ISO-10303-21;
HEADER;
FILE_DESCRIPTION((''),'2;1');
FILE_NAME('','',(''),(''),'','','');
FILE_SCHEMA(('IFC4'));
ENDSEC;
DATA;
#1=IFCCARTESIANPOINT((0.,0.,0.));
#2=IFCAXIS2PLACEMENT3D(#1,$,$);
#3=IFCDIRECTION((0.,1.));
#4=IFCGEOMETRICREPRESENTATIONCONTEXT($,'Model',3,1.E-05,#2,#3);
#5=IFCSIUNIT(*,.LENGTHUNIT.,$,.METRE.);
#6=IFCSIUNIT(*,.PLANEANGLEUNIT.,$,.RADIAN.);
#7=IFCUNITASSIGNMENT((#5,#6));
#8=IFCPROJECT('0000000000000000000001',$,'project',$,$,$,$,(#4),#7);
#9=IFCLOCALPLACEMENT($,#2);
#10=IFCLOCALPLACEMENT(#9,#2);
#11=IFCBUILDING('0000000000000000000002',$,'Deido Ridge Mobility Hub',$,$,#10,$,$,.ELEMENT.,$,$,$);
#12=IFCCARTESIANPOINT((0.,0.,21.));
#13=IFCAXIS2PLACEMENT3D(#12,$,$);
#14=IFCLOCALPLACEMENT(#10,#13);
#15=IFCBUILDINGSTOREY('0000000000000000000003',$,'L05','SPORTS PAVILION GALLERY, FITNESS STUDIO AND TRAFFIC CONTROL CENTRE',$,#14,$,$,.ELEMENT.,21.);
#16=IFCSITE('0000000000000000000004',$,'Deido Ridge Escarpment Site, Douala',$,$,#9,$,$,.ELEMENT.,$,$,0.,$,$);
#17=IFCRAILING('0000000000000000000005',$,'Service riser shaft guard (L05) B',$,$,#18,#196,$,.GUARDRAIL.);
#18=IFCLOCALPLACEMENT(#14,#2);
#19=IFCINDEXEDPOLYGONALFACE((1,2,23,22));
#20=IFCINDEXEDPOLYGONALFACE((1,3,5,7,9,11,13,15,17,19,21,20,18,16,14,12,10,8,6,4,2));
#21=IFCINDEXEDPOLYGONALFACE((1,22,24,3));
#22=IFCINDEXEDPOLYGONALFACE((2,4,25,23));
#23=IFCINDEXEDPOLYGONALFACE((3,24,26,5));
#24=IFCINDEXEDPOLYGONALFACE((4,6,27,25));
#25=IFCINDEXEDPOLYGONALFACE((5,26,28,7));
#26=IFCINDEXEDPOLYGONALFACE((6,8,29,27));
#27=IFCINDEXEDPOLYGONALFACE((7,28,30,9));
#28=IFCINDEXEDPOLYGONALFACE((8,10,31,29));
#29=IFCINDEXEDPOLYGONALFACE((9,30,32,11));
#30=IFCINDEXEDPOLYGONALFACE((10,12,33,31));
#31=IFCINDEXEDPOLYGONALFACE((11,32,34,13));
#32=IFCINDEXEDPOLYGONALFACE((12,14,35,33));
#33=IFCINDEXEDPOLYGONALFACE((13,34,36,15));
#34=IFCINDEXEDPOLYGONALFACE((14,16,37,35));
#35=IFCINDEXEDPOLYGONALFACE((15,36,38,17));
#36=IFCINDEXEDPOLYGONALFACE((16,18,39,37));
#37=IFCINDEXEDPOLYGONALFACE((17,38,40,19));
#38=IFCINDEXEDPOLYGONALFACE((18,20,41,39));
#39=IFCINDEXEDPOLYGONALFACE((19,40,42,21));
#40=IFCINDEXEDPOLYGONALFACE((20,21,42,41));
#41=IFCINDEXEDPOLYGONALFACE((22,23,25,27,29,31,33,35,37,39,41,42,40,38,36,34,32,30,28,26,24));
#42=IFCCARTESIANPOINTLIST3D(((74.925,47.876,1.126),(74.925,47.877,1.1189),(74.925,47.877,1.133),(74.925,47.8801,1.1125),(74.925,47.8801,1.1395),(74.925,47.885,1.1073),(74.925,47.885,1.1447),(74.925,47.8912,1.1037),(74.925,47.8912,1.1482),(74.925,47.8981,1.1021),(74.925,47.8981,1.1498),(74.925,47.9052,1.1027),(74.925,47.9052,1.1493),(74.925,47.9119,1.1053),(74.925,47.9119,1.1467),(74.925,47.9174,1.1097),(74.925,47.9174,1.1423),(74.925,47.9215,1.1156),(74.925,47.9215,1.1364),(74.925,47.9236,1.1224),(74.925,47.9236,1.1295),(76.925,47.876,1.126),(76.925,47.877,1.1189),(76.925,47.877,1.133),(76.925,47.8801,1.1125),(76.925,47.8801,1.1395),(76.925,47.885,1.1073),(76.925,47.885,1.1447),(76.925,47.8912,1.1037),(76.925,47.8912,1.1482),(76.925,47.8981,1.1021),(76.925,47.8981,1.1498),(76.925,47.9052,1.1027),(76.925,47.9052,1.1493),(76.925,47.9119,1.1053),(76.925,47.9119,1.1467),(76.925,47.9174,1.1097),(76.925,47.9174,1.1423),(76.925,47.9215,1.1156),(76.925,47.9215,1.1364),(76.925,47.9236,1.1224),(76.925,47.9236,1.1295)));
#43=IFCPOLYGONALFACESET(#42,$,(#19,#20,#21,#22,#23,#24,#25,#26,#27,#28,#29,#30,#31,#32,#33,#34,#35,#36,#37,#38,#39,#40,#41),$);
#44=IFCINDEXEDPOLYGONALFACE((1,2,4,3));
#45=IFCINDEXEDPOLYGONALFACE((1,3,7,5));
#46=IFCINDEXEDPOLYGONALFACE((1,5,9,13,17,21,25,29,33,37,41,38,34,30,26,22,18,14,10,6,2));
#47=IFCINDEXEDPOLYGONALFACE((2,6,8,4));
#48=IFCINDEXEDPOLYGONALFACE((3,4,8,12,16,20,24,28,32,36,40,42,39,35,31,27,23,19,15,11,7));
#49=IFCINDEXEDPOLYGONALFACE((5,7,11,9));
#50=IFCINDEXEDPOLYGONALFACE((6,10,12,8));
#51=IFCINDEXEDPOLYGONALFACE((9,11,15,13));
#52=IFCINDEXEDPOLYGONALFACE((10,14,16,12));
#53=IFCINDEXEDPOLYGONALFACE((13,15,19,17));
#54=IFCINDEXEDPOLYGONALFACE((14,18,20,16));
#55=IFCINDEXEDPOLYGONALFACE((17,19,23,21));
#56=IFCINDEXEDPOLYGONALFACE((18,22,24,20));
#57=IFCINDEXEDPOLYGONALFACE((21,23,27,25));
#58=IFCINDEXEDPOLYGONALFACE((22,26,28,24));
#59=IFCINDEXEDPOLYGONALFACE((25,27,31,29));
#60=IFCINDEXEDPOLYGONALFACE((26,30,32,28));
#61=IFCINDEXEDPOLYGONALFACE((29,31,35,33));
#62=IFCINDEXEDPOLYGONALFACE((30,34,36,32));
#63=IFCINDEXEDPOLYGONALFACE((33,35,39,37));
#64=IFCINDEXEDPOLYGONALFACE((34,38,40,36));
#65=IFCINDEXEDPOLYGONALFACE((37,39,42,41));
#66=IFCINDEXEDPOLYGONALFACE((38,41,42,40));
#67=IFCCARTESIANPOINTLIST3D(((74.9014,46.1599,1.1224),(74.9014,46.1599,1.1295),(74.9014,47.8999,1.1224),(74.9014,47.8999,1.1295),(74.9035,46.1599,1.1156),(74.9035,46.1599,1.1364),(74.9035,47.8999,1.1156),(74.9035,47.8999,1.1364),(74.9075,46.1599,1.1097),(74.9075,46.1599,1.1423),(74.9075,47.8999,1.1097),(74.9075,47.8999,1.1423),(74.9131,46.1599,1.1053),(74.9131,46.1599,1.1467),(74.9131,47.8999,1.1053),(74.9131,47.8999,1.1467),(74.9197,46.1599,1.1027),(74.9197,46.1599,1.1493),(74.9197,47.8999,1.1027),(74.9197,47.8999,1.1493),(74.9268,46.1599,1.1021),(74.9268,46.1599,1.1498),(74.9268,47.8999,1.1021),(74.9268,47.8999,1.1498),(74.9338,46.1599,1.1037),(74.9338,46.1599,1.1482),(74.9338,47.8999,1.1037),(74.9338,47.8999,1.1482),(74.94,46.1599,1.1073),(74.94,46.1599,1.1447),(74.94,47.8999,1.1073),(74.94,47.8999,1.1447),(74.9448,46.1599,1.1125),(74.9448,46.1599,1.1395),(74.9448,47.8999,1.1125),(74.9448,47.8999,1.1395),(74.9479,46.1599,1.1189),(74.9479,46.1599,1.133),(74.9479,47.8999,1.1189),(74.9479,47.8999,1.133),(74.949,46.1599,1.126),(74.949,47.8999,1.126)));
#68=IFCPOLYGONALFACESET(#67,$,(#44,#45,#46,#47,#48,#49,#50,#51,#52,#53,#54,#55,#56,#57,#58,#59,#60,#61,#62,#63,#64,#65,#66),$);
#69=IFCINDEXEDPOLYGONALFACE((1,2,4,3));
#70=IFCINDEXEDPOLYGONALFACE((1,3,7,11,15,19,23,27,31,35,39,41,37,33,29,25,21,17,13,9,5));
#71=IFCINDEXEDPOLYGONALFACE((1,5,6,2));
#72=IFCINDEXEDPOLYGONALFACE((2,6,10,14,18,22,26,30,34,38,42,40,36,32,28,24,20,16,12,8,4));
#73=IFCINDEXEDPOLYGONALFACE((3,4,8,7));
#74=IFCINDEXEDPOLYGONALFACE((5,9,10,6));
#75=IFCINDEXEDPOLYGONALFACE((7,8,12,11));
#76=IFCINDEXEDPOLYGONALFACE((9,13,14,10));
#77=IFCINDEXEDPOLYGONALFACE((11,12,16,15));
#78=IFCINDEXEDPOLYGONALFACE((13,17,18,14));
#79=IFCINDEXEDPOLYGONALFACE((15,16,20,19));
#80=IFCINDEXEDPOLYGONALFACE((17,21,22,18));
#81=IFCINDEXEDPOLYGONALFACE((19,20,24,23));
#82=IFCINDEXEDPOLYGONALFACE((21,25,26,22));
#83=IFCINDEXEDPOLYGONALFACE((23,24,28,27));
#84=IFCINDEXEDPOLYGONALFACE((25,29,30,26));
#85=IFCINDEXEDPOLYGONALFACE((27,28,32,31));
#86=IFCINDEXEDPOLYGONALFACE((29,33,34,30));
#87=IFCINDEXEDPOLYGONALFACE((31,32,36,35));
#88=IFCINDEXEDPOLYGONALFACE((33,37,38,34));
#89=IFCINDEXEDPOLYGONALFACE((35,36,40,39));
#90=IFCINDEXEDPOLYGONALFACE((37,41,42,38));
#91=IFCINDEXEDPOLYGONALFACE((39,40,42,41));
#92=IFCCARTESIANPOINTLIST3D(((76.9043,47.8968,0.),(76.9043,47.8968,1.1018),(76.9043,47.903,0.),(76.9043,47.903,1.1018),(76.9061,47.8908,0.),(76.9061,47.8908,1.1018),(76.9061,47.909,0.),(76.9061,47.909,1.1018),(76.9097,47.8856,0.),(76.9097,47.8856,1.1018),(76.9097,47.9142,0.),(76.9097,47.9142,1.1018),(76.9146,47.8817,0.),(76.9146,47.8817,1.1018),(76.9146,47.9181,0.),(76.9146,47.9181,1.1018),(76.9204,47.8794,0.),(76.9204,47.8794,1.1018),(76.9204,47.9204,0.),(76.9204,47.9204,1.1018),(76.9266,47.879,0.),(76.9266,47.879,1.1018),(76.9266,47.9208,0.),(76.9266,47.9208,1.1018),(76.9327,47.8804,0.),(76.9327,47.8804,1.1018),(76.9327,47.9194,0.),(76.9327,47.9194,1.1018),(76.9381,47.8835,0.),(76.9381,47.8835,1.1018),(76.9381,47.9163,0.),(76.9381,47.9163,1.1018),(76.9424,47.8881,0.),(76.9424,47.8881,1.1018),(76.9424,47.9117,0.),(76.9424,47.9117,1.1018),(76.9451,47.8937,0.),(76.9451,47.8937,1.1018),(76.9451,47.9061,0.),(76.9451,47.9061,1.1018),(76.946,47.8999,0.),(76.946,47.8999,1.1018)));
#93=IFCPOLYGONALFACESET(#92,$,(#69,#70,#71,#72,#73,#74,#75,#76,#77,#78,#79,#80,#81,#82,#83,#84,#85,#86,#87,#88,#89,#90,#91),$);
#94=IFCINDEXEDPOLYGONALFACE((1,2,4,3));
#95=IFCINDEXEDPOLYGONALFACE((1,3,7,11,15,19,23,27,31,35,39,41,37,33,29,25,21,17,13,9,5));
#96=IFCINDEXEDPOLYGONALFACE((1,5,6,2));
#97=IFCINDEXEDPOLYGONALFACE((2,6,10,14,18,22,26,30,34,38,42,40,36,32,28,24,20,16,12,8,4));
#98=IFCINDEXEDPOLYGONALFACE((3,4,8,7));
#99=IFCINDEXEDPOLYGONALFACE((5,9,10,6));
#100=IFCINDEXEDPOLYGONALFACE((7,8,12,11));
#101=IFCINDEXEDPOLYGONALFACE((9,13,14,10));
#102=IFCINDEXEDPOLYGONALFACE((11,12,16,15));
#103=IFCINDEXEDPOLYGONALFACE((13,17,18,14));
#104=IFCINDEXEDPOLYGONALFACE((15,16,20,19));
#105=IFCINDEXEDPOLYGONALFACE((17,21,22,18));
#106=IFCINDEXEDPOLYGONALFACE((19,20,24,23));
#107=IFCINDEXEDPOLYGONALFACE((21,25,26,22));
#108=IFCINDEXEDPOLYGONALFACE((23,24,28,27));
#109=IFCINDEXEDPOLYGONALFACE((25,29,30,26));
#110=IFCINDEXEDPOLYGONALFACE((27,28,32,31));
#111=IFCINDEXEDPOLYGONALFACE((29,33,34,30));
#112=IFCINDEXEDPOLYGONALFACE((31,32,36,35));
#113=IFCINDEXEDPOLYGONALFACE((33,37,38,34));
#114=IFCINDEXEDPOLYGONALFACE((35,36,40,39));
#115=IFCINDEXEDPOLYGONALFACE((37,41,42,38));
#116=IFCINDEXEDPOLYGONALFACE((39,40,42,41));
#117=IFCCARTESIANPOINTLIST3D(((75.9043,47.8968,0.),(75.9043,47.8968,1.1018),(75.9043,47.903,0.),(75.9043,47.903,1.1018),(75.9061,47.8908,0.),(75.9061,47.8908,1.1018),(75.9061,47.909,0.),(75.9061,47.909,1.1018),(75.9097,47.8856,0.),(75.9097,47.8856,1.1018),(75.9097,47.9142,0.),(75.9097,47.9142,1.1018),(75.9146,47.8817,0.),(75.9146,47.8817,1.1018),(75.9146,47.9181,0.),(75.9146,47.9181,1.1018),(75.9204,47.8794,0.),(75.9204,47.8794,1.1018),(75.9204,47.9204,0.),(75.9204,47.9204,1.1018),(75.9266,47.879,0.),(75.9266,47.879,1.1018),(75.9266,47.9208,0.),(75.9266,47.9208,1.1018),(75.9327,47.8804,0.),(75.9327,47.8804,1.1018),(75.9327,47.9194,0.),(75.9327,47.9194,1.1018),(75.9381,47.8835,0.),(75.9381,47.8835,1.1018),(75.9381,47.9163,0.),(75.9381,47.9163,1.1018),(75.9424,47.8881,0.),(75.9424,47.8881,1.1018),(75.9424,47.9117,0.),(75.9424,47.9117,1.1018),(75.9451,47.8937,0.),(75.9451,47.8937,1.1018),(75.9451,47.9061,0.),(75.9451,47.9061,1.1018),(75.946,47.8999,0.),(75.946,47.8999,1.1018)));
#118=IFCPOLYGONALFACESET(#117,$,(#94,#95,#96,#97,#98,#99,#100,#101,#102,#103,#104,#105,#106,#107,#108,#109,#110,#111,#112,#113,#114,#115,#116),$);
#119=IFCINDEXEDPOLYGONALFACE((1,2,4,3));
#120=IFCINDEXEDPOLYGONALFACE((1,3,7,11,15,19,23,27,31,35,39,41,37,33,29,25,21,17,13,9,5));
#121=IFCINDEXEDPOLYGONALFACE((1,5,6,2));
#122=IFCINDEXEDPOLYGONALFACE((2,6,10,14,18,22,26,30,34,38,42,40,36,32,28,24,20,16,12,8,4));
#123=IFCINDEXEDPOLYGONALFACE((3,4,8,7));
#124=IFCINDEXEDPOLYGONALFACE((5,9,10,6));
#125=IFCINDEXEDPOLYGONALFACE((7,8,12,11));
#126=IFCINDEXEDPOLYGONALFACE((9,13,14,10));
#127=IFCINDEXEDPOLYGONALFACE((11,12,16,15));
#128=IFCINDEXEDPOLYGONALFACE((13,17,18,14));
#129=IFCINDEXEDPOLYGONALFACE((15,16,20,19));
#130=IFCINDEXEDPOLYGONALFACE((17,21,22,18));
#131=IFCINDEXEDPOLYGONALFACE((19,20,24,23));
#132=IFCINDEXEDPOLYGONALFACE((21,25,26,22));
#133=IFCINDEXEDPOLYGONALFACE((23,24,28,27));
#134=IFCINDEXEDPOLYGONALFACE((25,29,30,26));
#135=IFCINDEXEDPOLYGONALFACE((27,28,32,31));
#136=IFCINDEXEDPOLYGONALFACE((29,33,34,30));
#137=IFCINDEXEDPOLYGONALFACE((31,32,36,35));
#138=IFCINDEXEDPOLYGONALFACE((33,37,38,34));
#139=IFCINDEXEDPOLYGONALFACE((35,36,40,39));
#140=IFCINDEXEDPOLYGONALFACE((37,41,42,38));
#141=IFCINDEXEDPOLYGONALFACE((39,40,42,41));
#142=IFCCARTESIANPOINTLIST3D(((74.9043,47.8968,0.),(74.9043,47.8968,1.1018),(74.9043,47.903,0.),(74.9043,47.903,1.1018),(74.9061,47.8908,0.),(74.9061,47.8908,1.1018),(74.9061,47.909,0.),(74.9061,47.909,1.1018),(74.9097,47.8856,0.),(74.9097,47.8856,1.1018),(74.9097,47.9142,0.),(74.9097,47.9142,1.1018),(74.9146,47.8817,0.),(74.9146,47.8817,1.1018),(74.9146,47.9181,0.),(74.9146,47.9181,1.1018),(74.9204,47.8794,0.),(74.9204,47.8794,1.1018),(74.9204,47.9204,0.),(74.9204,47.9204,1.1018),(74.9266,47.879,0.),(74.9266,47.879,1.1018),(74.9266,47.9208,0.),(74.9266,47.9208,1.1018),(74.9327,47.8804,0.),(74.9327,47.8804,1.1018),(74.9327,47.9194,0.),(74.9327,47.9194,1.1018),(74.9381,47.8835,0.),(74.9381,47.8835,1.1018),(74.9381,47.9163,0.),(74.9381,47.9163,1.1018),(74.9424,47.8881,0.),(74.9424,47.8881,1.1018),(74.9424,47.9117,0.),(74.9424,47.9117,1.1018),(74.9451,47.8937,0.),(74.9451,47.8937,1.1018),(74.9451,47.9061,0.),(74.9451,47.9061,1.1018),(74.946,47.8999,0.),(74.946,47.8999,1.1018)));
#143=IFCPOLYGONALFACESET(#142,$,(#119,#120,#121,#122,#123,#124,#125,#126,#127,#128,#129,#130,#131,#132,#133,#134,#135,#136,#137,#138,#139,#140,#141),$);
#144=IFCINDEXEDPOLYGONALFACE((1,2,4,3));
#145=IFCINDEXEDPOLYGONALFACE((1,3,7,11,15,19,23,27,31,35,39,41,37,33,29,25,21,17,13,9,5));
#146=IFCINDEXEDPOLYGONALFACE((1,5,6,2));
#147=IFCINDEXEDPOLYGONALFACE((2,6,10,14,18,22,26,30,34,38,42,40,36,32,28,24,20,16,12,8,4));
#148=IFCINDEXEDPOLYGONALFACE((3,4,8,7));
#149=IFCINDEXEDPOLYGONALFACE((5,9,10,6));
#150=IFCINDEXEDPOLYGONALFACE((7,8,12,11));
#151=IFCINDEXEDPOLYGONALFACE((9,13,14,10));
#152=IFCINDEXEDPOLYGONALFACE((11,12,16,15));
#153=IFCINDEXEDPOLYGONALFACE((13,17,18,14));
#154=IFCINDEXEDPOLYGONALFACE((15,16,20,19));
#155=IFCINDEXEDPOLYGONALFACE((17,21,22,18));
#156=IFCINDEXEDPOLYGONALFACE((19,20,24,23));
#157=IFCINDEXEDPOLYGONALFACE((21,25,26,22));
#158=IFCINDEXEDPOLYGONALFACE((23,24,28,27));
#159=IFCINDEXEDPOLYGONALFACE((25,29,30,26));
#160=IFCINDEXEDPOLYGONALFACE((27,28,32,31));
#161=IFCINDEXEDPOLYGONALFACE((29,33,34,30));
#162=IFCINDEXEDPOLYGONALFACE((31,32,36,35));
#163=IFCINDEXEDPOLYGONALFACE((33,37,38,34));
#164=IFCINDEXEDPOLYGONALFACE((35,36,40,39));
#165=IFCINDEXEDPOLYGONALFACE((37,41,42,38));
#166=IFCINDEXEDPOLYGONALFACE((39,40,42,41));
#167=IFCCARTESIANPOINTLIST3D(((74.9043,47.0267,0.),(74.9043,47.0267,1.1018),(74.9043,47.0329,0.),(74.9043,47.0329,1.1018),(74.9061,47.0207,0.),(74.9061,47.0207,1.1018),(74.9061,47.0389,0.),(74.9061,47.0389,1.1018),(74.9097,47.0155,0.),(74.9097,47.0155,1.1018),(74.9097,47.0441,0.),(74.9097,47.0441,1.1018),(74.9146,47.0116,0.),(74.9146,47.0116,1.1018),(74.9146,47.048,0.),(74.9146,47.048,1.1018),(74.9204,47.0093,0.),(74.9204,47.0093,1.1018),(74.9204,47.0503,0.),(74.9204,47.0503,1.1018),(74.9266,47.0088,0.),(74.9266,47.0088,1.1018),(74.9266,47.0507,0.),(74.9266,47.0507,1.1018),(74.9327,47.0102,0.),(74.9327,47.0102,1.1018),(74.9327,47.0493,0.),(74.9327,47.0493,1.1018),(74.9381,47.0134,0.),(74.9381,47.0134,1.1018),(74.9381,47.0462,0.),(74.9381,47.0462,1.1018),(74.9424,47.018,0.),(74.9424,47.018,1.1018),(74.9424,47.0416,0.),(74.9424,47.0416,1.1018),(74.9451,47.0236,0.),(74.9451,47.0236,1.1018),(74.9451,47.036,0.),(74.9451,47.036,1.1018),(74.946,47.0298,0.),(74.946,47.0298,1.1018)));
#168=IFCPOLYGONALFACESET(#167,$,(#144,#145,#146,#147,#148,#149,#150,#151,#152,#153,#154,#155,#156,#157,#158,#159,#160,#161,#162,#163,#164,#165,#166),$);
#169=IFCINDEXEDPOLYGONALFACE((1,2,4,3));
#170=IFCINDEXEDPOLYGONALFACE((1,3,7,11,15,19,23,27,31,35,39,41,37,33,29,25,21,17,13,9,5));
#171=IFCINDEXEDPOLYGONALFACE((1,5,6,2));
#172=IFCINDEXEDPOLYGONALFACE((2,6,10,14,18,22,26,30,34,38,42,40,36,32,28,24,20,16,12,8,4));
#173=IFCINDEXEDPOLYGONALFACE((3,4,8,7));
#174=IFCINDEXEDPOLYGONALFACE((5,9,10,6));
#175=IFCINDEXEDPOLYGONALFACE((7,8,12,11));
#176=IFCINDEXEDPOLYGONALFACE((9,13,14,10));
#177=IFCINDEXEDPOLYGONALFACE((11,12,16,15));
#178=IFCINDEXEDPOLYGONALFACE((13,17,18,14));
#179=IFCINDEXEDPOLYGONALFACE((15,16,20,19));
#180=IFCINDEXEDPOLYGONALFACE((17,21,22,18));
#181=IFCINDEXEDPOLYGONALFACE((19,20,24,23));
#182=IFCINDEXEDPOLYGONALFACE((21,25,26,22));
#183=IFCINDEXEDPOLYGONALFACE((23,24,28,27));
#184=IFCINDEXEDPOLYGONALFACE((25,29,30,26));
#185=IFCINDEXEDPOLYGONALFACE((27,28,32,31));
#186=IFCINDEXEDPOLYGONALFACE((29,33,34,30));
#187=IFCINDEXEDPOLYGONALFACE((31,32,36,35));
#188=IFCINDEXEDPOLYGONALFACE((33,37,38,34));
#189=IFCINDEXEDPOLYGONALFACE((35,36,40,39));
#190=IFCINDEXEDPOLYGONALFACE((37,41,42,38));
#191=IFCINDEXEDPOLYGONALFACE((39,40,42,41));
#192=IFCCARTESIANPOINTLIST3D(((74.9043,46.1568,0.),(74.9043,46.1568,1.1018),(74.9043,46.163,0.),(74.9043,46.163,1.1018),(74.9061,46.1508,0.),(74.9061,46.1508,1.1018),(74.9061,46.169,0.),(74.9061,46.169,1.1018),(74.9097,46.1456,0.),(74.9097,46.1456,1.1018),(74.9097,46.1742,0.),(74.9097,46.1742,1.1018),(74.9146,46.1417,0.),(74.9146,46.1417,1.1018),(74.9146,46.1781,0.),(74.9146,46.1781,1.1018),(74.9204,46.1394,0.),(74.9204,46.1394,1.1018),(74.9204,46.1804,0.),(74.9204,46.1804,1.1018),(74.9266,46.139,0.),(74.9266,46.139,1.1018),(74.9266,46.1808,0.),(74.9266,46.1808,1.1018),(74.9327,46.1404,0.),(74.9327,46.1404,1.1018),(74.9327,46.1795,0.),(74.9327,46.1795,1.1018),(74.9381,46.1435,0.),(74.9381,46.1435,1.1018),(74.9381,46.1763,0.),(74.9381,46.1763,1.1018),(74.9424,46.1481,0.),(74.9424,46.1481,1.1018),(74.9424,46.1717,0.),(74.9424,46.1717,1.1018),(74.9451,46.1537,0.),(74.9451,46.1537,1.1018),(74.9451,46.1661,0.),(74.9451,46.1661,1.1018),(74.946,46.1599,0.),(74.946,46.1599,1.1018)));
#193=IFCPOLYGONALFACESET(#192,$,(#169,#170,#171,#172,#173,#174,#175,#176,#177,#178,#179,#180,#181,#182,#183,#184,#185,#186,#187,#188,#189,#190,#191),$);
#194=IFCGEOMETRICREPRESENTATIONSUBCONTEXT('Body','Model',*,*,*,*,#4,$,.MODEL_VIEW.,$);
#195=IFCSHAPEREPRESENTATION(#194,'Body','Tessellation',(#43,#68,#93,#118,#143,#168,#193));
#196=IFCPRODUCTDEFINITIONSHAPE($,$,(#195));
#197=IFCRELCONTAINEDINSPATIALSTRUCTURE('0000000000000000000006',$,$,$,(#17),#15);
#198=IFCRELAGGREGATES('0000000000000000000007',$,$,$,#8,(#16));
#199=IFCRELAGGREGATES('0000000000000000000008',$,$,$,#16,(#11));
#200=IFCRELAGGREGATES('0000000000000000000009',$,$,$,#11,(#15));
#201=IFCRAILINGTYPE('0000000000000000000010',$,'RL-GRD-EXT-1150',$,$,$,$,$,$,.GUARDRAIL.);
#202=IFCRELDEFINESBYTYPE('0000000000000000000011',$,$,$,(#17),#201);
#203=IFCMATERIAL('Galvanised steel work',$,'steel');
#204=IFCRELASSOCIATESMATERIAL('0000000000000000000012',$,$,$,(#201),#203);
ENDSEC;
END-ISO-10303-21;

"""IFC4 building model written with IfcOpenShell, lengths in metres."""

from ifc_helpers import new_model, si_unit, direction, frame, origin, origin_2d, place, context, subcontext, project, spatial, circle, extrude, material, type_object, element, save


model = new_model("IFC4")

# Units and contexts
model_context = context("Model", 3, precision=1e-05, world=origin(), true_north=direction((0.0, 1.0)))
body_context = subcontext(model_context, "Body", "Model", "MODEL_VIEW")
ifc_project = project(units=[si_unit("LENGTHUNIT", "METRE"), si_unit("PLANEANGLEUNIT", "RADIAN")], contexts=[model_context])

# Site, building, storey
site_placement = place(None, origin())
site = spatial("IfcSite", under=ifc_project, at=site_placement, Name="Deido Ridge Escarpment Site, Douala", CompositionType="ELEMENT", RefElevation=0.0)
building_placement = place(site_placement, origin())
building = spatial("IfcBuilding", under=site, at=building_placement, Name="Deido Ridge Mobility Hub", CompositionType="ELEMENT")
storey_placement = place(building_placement, frame((0.0, 0.0, 21.0)))
storey = spatial("IfcBuildingStorey", under=building, at=storey_placement, Name="L05", Description="SPORTS PAVILION GALLERY, FITNESS STUDIO AND TRAFFIC CONTROL CENTRE", CompositionType="ELEMENT", Elevation=21.0)

# Shared definitions
ifc_material_1 = material(Name="Galvanised steel work", Category="steel")

# Railing
railing_type = type_object("IfcRailingType", Name="RL-GRD-EXT-1150", PredefinedType="GUARDRAIL", material=ifc_material_1)
railing_placement = place(storey_placement, frame((76.925, 47.8999, 0.0)))
element("IfcRailing", 1, at=railing_placement, inside=storey, type_object=railing_type, Name="Service riser shaft guard (L05) B", PredefinedType="GUARDRAIL", context=body_context, shape_type="SweptSolid", body=[
    extrude(circle(Radius=0.0239, at=origin_2d()), frame((0.0, 0.0, 1.126), z_axis=(-1.0, 0.0, 0.0), x_axis=(0.0, -1.0, 0.0)), (0.0, 0.0, 1.0), 2.0),
    extrude(circle(Radius=0.0239, at=origin_2d()), frame((-2.0, 0.0, 1.126), z_axis=(0.0, -1.0, 0.0), x_axis=(1.0, 0.0, 0.0)), (0.0, 0.0, 1.0), 1.74),
    extrude(circle(Radius=0.021, at=origin_2d()), origin(), (0.0, 0.0, 1.0), 1.1018),
    extrude(circle(Radius=0.021, at=origin_2d()), frame((-1.0, 0.0, 0.0)), (0.0, 0.0, 1.0), 1.1018),
    extrude(circle(Radius=0.021, at=origin_2d()), frame((-2.0, 0.0, 0.0)), (0.0, 0.0, 1.0), 1.1018),
    extrude(circle(Radius=0.021, at=origin_2d()), frame((-2.0, -0.8701, 0.0)), (0.0, 0.0, 1.0), 1.1018),
    extrude(circle(Radius=0.021, at=origin_2d()), frame((-2.0, -1.74, 0.0)), (0.0, 0.0, 1.0), 1.1018),
])

save(model, "model.ifc")
